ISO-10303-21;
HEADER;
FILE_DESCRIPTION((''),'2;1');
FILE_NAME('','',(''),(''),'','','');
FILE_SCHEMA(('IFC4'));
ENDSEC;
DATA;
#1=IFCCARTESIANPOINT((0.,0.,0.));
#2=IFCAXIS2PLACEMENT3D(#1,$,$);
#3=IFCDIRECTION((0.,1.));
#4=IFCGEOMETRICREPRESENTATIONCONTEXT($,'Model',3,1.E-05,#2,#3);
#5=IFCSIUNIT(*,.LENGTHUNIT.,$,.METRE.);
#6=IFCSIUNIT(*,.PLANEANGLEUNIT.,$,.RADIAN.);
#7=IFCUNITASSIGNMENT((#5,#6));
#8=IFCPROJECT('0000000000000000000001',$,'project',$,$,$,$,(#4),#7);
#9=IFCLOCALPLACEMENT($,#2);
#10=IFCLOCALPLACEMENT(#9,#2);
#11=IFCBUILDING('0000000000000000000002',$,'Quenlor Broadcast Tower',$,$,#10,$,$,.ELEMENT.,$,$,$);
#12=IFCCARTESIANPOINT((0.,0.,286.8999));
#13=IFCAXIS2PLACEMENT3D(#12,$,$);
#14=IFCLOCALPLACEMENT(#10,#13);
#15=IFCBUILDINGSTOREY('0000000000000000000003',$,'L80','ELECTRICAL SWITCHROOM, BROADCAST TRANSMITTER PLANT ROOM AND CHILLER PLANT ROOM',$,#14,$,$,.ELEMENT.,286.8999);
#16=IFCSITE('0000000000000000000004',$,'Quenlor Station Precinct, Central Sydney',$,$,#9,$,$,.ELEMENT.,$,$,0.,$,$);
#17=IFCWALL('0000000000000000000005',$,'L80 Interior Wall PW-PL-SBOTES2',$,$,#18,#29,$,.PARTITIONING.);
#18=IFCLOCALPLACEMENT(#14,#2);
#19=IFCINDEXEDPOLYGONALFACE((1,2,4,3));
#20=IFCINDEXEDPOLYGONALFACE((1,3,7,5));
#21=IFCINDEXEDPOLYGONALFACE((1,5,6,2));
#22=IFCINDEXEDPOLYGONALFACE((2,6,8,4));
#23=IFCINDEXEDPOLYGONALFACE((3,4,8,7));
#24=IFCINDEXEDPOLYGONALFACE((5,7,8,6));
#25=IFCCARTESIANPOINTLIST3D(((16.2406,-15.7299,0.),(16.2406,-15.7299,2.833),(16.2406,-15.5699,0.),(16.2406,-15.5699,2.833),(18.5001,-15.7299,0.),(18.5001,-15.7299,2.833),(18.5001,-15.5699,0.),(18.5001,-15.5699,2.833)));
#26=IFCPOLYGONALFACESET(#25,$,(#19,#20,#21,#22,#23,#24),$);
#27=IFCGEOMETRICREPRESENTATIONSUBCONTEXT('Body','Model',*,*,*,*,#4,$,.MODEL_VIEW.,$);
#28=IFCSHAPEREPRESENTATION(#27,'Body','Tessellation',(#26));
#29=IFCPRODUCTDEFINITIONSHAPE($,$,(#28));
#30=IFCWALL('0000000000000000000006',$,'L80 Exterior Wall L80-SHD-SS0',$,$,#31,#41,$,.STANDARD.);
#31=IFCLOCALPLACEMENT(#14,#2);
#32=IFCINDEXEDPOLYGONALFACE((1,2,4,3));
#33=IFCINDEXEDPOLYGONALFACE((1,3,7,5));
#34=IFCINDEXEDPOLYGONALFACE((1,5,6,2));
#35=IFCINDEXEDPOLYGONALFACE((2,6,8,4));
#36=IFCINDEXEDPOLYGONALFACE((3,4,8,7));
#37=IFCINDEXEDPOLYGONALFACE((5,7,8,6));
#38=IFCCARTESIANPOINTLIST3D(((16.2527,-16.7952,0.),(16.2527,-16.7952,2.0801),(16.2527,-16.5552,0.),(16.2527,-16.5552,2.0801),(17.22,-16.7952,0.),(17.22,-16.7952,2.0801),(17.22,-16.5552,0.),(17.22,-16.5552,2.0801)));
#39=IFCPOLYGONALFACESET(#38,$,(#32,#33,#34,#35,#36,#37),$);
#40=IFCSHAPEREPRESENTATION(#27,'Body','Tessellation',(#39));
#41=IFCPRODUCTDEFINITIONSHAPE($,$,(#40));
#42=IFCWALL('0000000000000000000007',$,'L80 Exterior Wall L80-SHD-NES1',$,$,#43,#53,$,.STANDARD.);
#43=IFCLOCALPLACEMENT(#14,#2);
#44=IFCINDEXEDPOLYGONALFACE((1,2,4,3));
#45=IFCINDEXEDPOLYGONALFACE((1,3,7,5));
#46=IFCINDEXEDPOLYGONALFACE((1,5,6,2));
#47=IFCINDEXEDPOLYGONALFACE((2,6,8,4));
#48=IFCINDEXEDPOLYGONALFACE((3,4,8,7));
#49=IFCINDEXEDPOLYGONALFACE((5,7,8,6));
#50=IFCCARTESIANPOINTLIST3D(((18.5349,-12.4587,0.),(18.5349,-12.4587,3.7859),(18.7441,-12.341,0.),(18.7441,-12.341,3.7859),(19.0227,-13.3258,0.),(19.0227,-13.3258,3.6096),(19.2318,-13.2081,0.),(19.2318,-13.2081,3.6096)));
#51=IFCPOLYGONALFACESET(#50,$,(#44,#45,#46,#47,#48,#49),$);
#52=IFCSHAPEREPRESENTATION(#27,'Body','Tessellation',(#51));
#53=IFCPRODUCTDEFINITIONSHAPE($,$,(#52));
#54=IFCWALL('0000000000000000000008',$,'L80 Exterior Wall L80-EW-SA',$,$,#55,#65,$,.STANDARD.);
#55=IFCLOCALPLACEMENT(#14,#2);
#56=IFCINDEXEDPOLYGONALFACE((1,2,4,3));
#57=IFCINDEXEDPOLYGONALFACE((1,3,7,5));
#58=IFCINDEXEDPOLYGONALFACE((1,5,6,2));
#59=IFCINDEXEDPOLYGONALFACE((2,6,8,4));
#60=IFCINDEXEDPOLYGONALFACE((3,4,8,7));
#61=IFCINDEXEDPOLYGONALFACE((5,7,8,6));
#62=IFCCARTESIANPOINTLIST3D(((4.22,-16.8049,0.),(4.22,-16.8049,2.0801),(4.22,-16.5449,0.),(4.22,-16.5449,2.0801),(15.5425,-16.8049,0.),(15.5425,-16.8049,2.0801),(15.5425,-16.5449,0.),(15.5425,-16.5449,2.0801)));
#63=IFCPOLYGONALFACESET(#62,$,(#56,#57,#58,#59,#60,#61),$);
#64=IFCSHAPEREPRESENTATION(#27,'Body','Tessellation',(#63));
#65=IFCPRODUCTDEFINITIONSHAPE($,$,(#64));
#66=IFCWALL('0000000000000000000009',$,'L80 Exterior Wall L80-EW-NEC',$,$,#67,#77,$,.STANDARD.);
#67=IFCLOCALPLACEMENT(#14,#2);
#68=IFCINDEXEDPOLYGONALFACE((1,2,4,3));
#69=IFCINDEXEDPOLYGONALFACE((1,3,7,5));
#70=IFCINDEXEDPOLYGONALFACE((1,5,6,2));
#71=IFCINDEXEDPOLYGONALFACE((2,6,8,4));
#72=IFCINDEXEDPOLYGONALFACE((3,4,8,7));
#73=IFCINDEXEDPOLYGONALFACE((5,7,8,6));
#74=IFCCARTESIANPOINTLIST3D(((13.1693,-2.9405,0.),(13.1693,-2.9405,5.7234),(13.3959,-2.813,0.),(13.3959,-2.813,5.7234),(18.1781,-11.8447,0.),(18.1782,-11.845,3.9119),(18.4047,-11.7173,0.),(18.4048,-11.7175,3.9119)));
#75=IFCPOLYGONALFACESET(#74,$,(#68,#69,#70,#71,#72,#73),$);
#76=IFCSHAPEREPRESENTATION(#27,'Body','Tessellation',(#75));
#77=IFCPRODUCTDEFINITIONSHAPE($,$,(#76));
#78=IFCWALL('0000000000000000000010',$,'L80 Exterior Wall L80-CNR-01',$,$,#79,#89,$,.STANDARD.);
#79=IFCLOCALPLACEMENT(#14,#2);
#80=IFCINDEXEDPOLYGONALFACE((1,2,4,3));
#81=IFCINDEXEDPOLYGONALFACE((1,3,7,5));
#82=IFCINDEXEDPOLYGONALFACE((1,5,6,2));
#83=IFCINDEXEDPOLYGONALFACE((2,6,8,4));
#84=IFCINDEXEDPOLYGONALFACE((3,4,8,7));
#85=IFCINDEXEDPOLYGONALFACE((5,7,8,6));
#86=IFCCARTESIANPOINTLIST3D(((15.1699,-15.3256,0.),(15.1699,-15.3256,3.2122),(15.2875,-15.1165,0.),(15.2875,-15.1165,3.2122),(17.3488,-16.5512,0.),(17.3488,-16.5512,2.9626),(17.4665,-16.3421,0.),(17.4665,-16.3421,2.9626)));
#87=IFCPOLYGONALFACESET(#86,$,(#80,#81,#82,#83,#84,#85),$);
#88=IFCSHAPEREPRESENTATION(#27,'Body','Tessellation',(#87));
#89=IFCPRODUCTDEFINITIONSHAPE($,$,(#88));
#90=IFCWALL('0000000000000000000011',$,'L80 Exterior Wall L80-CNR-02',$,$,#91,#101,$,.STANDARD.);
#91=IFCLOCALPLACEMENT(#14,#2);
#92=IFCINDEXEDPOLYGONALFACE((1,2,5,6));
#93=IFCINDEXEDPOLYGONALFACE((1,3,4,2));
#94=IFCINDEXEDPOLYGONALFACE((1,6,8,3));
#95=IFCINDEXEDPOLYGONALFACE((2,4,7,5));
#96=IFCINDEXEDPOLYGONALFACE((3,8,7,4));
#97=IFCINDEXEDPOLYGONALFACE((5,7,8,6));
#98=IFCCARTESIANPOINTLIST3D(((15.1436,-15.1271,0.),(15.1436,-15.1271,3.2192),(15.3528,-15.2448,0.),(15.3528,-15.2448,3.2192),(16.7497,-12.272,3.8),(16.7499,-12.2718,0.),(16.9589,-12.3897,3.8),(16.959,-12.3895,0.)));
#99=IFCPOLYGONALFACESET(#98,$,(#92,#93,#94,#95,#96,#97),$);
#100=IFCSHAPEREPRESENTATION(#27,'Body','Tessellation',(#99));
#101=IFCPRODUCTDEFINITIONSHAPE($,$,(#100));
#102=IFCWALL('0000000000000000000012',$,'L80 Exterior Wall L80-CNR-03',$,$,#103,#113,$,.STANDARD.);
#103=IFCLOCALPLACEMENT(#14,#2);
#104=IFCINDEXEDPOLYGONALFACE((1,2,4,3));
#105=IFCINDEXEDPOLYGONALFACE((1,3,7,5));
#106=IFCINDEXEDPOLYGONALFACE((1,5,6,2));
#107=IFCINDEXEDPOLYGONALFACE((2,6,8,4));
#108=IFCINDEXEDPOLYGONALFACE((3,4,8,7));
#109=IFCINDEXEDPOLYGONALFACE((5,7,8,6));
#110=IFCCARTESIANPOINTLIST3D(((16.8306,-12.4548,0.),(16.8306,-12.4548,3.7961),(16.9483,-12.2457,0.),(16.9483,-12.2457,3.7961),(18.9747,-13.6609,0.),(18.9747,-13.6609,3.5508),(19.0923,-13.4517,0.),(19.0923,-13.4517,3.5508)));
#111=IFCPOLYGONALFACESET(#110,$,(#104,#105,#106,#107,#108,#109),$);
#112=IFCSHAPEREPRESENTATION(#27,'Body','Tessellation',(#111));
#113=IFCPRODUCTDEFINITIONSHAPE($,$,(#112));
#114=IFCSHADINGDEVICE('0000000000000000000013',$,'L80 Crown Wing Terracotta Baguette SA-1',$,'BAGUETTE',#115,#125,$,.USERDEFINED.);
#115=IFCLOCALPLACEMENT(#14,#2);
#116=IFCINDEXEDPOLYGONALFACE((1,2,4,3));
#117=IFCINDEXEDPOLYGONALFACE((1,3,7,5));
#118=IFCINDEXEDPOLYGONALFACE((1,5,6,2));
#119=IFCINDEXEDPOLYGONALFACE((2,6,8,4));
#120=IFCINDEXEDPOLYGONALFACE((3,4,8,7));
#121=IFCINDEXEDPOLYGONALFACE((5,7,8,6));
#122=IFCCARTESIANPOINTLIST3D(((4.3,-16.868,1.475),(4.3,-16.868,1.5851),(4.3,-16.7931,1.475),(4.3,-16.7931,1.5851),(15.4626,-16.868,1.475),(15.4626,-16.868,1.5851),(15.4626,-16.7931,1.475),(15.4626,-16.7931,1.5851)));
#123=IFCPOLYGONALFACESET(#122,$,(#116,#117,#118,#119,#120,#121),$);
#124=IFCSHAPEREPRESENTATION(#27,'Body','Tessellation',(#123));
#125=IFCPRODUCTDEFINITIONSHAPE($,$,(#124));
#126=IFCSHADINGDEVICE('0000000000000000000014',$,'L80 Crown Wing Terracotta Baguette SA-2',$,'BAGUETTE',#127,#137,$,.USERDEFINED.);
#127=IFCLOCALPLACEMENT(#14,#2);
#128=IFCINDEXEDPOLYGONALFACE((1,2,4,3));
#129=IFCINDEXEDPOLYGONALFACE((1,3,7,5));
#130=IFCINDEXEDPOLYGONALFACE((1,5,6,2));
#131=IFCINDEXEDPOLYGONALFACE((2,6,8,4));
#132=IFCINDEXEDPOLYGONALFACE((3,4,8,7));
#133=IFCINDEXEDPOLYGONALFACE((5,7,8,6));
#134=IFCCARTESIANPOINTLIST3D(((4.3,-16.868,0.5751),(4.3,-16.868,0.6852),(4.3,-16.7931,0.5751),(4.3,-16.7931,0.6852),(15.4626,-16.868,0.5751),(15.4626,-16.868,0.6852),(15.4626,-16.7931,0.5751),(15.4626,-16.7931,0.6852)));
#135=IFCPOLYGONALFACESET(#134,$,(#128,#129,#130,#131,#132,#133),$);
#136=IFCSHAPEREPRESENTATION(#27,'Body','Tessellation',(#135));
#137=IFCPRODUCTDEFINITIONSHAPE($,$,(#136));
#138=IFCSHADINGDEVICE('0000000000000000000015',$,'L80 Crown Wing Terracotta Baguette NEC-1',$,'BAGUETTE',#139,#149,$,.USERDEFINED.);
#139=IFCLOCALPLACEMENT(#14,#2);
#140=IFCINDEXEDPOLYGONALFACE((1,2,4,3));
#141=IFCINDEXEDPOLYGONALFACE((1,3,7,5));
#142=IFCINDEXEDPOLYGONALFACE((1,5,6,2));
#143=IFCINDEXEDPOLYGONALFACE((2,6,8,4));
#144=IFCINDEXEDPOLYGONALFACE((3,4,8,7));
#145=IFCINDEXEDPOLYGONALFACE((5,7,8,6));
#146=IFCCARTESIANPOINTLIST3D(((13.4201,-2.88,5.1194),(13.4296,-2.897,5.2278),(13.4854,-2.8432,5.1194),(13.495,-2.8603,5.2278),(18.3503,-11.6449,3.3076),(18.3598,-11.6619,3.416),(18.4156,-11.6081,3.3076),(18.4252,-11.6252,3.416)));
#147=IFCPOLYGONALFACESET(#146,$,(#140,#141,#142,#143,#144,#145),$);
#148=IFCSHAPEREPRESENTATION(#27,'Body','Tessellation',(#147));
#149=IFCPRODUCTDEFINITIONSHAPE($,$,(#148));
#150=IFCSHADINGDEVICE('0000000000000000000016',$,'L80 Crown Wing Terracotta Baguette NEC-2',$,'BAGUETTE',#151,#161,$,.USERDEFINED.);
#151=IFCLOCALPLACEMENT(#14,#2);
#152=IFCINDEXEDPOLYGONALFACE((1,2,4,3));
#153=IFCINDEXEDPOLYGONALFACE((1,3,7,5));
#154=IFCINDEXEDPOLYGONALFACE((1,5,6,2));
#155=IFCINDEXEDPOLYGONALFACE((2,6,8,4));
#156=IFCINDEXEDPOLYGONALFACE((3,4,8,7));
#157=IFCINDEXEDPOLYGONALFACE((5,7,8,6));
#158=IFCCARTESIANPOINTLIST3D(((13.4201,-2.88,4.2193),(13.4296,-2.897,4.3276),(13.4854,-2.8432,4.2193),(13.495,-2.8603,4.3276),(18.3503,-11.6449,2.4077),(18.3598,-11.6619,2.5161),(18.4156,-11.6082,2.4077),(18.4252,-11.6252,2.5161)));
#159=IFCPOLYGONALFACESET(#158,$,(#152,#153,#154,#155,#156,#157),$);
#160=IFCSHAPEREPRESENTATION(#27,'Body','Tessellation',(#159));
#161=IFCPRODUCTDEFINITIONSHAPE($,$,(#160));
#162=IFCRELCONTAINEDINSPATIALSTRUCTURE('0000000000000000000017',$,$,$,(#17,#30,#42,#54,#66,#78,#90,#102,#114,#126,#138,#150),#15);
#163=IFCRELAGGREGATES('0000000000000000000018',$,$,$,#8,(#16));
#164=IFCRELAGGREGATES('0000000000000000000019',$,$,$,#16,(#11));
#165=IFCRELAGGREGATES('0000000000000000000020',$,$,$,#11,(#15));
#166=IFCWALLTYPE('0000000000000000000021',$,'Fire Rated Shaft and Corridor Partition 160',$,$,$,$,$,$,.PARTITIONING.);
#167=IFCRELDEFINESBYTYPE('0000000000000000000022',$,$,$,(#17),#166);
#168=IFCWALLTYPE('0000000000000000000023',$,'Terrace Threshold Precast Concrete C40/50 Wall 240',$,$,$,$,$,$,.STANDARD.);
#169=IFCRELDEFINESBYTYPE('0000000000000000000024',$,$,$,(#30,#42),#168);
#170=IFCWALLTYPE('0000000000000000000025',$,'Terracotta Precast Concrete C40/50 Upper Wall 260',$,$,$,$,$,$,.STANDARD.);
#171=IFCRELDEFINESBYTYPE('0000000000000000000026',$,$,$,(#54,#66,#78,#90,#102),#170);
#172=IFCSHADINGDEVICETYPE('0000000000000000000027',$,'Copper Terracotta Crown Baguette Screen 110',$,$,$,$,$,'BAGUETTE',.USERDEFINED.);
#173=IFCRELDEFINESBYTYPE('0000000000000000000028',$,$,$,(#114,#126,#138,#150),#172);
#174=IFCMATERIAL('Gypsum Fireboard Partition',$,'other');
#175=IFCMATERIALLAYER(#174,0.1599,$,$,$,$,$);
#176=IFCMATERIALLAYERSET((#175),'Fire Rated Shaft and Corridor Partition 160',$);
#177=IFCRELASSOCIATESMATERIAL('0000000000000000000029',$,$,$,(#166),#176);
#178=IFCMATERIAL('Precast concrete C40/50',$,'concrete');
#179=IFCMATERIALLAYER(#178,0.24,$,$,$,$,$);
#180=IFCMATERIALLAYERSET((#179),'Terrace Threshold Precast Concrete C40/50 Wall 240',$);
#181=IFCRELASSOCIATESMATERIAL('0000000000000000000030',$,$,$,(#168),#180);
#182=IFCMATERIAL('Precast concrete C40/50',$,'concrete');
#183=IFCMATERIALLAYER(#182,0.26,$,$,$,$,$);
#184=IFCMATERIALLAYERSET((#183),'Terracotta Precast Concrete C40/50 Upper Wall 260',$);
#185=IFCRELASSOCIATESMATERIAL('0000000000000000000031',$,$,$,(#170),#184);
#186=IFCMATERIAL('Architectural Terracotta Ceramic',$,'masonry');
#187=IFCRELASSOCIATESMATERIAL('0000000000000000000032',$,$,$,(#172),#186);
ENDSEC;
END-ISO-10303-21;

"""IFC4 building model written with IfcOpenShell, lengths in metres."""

from ifc_helpers import new_model, si_unit, direction, frame, frame_2d, origin, origin_2d, place, context, subcontext, project, spatial, polyline, rectangle, outline, extrude, material, layer, layer_set, material_profile, profile_set, type_object, element, save


model = new_model("IFC4")

# Units and contexts
model_context = context("Model", 3, precision=1e-05, world=origin(), true_north=direction((0.0, 1.0)))
body_context = subcontext(model_context, "Body", "Model", "MODEL_VIEW")
ifc_project = project(units=[si_unit("LENGTHUNIT", "METRE"), si_unit("PLANEANGLEUNIT", "RADIAN")], contexts=[model_context])

# Site, building, storey
site_placement = place(None, origin())
site = spatial("IfcSite", under=ifc_project, at=site_placement, Name="Quenlor Station Precinct, Central Sydney", CompositionType="ELEMENT", RefElevation=0.0)
building_placement = place(site_placement, origin())
building = spatial("IfcBuilding", under=site, at=building_placement, Name="Quenlor Broadcast Tower", CompositionType="ELEMENT")
storey_placement = place(building_placement, frame((0.0, 0.0, 286.8999)))
storey = spatial("IfcBuildingStorey", under=building, at=storey_placement, Name="L80", Description="ELECTRICAL SWITCHROOM, BROADCAST TRANSMITTER PLANT ROOM AND CHILLER PLANT ROOM", CompositionType="ELEMENT", Elevation=286.8999)

# Walls
ifc_material_1 = material(Name="Gypsum Fireboard Partition", Category="other")
ifc_layer_1 = layer(ifc_material_1, 0.1599)
ifc_layer_set_1 = layer_set([ifc_layer_1], Name="Fire Rated Shaft and Corridor Partition 160")
wall_type_1 = type_object("IfcWallType", Name="Fire Rated Shaft and Corridor Partition 160", PredefinedType="PARTITIONING", material=ifc_layer_set_1)
wall_1_placement = place(storey_placement, frame((16.2405, -15.6499, 0.0), z_axis=(0.0, 0.0, 1.0), x_axis=(1.0, 0.0, 0.0)))
element("IfcWall", 1, at=wall_1_placement, inside=storey, type_object=wall_type_1, Name="L80 Interior Wall PW-PL-SBOTES2", PredefinedType="PARTITIONING", context=body_context, shape_type="SweptSolid", body=[
    extrude(rectangle(XDim=2.2595, YDim=0.1599, at=frame_2d((1.1299, 0.0))), origin(), (0.0, 0.0, 1.0), 2.833),
])
ifc_material_2 = material(Name="Precast concrete C40/50", Category="concrete")
ifc_layer_2 = layer(ifc_material_2, 0.24)
ifc_layer_set_2 = layer_set([ifc_layer_2], Name="Terrace Threshold Precast Concrete C40/50 Wall 240")
wall_type_2 = type_object("IfcWallType", Name="Terrace Threshold Precast Concrete C40/50 Wall 240", PredefinedType="STANDARD", material=ifc_layer_set_2)
wall_2_placement = place(storey_placement, frame((17.22, -16.675, 0.0), z_axis=(0.0, 0.0, 1.0), x_axis=(-1.0, 0.0, 0.0)))
element("IfcWall", 2, at=wall_2_placement, inside=storey, type_object=wall_type_2, Name="L80 Exterior Wall L80-SHD-SS0", PredefinedType="STANDARD", context=body_context, shape_type="SweptSolid", body=[
    extrude(outline(polyline([(0.0, 0.0), (0.9673, 0.0), (0.9673, 2.0801), (0.0, 2.0801), (0.0, 0.0)])), frame((0.0, 0.1201, 0.0), z_axis=(0.0, -1.0, 0.0), x_axis=(1.0, 0.0, 0.0)), (0.0, 0.0, 1.0), 0.24),
])
wall_3_placement = place(storey_placement, frame((18.6394, -12.3999, 0.0), z_axis=(0.0, 0.0, 1.0), x_axis=(0.490261, -0.871576, 0.0)))
element("IfcWall", 3, at=wall_3_placement, inside=storey, type_object=wall_type_2, Name="L80 Exterior Wall L80-SHD-NES1", PredefinedType="STANDARD", context=body_context, shape_type="SweptSolid", body=[
    extrude(outline(polyline([(0.0, 0.0), (0.9949, 0.0), (0.9949, 3.6096), (0.0, 3.7859), (0.0, 0.0)])), frame((0.0, 0.1201, 0.0), z_axis=(0.0, -1.0, 0.0), x_axis=(1.0, 0.0, 0.0)), (0.0, 0.0, 1.0), 0.24),
])
ifc_material_3 = material(Name="Precast concrete C40/50", Category="concrete")
ifc_layer_3 = layer(ifc_material_3, 0.26)
ifc_layer_set_3 = layer_set([ifc_layer_3], Name="Terracotta Precast Concrete C40/50 Upper Wall 260")
wall_type_3 = type_object("IfcWallType", Name="Terracotta Precast Concrete C40/50 Upper Wall 260", PredefinedType="STANDARD", material=ifc_layer_set_3)
wall_4_placement = place(storey_placement, frame((15.5425, -16.675, 0.0), z_axis=(0.0, 0.0, 1.0), x_axis=(-1.0, 0.0, 0.0)))
element("IfcWall", 4, at=wall_4_placement, inside=storey, type_object=wall_type_3, Name="L80 Exterior Wall L80-EW-SA", PredefinedType="STANDARD", context=body_context, shape_type="SweptSolid", body=[
    extrude(outline(polyline([(0.0, 0.0), (11.3225, 0.0), (11.3225, 2.0801), (0.0, 2.0801), (0.0, 0.0)])), frame((0.0, 0.1299, 0.0), z_axis=(0.0, -1.0, 0.0), x_axis=(1.0, 0.0, 0.0)), (0.0, 0.0, 1.0), 0.26),
])
wall_5_placement = place(storey_placement, frame((13.2827, -2.8767, 0.0), z_axis=(0.0, 0.0, 1.0), x_axis=(0.49027, -0.87157, 0.0)))
element("IfcWall", 5, at=wall_5_placement, inside=storey, type_object=wall_type_3, Name="L80 Exterior Wall L80-EW-NEC", PredefinedType="STANDARD", context=body_context, shape_type="SweptSolid", body=[
    extrude(outline(polyline([(0.0, 0.0), (10.2163, 0.0), (10.2166, 3.9119), (0.0, 5.7234), (0.0, 0.0)])), frame((0.0, 0.1299, 0.0), z_axis=(0.0, -1.0, 0.0), x_axis=(1.0, 0.0, 0.0)), (0.0, 0.0, 1.0), 0.26),
])
wall_6_placement = place(storey_placement, frame((17.4077, -16.4465, 0.0), z_axis=(0.0, 0.0, 1.0), x_axis=(-0.871589, 0.490238, 0.0)))
element("IfcWall", 6, at=wall_6_placement, inside=storey, type_object=wall_type_3, Name="L80 Exterior Wall L80-CNR-01", PredefinedType="STANDARD", context=body_context, shape_type="SweptSolid", body=[
    extrude(outline(polyline([(0.0, 0.0), (2.5, 0.0), (2.5, 3.2122), (0.0, 2.9626), (0.0, 0.0)])), frame((0.0, 0.1201, 0.0), z_axis=(0.0, -1.0, 0.0), x_axis=(1.0, 0.0, 0.0)), (0.0, 0.0, 1.0), 0.24),
])
wall_7_placement = place(storey_placement, frame((15.2483, -15.186, 0.0), z_axis=(0.0, 0.0, 1.0), x_axis=(0.490293, 0.871558, 0.0)))
element("IfcWall", 7, at=wall_7_placement, inside=storey, type_object=wall_type_3, Name="L80 Exterior Wall L80-CNR-02", PredefinedType="STANDARD", context=body_context, shape_type="SweptSolid", body=[
    extrude(outline(polyline([(0.0, 0.0), (3.2761, 0.0), (3.2759, 3.8), (0.0, 3.2192), (0.0, 0.0)])), frame((0.0, 0.1201, 0.0), z_axis=(0.0, -1.0, 0.0), x_axis=(1.0, 0.0, 0.0)), (0.0, 0.0, 1.0), 0.24),
])
wall_8_placement = place(storey_placement, frame((16.8894, -12.3503, 0.0), z_axis=(0.0, 0.0, 1.0), x_axis=(0.87157, -0.490271, 0.0)))
element("IfcWall", 8, at=wall_8_placement, inside=storey, type_object=wall_type_3, Name="L80 Exterior Wall L80-CNR-03", PredefinedType="STANDARD", context=body_context, shape_type="SweptSolid", body=[
    extrude(outline(polyline([(0.0, 0.0), (2.46, 0.0), (2.46, 3.5508), (0.0, 3.7961), (0.0, 0.0)])), frame((0.0, 0.1201, 0.0), z_axis=(0.0, -1.0, 0.0), x_axis=(1.0, 0.0, 0.0)), (0.0, 0.0, 1.0), 0.24),
])

# Shading devices
ifc_material_4 = material(Name="Architectural Terracotta Ceramic", Category="masonry")
ifc_material_profile_1 = material_profile(ifc_material_4, rectangle(XDim=0.075, YDim=0.1101, at=origin_2d()))
ifc_profile_set_1 = profile_set([ifc_material_profile_1], Name="Architectural Terracotta Ceramic BAG75x110")
shading_device_type = type_object("IfcShadingDeviceType", Name="Copper Terracotta Crown Baguette Screen 110", ElementType="BAGUETTE", PredefinedType="USERDEFINED", material=ifc_profile_set_1)
for number, where, z_axis, x_axis, name in (
    (9, (15.4626, -16.8306, 1.53), (-1.0, 0.0, 0.0), (0.0, -1.0, 0.0), "L80 Crown Wing Terracotta Baguette SA-1"),
    (10, (15.4626, -16.8306, 0.6301), (-1.0, 0.0, 0.0), (0.0, -1.0, 0.0), "L80 Crown Wing Terracotta Baguette SA-2"),
):
    element("IfcShadingDevice", number, at=place(storey_placement, frame(where, z_axis=z_axis, x_axis=x_axis)), inside=storey, type_object=shading_device_type, Name=name, ObjectType="BAGUETTE", PredefinedType="USERDEFINED", context=body_context, shape_type="SweptSolid", body=[
        extrude(rectangle(XDim=0.075, YDim=0.1101, at=origin_2d()), origin(), (0.0, 0.0, 1.0), 11.1626),
    ])
for number, where, z_axis, x_axis, name in (
    (11, (13.4575, -2.8701, 5.1736), (0.482488, -0.857769, -0.177307), (0.871579, 0.490255, 0.0), "L80 Crown Wing Terracotta Baguette NEC-1"),
    (12, (13.4575, -2.8701, 4.2734), (0.48249, -0.857773, -0.177284), (0.871579, 0.490255, 0.0), "L80 Crown Wing Terracotta Baguette NEC-2"),
):
    element("IfcShadingDevice", number, at=place(storey_placement, frame(where, z_axis=z_axis, x_axis=x_axis)), inside=storey, type_object=shading_device_type, Name=name, ObjectType="BAGUETTE", PredefinedType="USERDEFINED", context=body_context, shape_type="SweptSolid", body=[
        extrude(rectangle(XDim=0.075, YDim=0.1101, at=origin_2d()), origin(), (0.0, 0.0, 1.0), 10.2183),
    ])

save(model, "model.ifc")
